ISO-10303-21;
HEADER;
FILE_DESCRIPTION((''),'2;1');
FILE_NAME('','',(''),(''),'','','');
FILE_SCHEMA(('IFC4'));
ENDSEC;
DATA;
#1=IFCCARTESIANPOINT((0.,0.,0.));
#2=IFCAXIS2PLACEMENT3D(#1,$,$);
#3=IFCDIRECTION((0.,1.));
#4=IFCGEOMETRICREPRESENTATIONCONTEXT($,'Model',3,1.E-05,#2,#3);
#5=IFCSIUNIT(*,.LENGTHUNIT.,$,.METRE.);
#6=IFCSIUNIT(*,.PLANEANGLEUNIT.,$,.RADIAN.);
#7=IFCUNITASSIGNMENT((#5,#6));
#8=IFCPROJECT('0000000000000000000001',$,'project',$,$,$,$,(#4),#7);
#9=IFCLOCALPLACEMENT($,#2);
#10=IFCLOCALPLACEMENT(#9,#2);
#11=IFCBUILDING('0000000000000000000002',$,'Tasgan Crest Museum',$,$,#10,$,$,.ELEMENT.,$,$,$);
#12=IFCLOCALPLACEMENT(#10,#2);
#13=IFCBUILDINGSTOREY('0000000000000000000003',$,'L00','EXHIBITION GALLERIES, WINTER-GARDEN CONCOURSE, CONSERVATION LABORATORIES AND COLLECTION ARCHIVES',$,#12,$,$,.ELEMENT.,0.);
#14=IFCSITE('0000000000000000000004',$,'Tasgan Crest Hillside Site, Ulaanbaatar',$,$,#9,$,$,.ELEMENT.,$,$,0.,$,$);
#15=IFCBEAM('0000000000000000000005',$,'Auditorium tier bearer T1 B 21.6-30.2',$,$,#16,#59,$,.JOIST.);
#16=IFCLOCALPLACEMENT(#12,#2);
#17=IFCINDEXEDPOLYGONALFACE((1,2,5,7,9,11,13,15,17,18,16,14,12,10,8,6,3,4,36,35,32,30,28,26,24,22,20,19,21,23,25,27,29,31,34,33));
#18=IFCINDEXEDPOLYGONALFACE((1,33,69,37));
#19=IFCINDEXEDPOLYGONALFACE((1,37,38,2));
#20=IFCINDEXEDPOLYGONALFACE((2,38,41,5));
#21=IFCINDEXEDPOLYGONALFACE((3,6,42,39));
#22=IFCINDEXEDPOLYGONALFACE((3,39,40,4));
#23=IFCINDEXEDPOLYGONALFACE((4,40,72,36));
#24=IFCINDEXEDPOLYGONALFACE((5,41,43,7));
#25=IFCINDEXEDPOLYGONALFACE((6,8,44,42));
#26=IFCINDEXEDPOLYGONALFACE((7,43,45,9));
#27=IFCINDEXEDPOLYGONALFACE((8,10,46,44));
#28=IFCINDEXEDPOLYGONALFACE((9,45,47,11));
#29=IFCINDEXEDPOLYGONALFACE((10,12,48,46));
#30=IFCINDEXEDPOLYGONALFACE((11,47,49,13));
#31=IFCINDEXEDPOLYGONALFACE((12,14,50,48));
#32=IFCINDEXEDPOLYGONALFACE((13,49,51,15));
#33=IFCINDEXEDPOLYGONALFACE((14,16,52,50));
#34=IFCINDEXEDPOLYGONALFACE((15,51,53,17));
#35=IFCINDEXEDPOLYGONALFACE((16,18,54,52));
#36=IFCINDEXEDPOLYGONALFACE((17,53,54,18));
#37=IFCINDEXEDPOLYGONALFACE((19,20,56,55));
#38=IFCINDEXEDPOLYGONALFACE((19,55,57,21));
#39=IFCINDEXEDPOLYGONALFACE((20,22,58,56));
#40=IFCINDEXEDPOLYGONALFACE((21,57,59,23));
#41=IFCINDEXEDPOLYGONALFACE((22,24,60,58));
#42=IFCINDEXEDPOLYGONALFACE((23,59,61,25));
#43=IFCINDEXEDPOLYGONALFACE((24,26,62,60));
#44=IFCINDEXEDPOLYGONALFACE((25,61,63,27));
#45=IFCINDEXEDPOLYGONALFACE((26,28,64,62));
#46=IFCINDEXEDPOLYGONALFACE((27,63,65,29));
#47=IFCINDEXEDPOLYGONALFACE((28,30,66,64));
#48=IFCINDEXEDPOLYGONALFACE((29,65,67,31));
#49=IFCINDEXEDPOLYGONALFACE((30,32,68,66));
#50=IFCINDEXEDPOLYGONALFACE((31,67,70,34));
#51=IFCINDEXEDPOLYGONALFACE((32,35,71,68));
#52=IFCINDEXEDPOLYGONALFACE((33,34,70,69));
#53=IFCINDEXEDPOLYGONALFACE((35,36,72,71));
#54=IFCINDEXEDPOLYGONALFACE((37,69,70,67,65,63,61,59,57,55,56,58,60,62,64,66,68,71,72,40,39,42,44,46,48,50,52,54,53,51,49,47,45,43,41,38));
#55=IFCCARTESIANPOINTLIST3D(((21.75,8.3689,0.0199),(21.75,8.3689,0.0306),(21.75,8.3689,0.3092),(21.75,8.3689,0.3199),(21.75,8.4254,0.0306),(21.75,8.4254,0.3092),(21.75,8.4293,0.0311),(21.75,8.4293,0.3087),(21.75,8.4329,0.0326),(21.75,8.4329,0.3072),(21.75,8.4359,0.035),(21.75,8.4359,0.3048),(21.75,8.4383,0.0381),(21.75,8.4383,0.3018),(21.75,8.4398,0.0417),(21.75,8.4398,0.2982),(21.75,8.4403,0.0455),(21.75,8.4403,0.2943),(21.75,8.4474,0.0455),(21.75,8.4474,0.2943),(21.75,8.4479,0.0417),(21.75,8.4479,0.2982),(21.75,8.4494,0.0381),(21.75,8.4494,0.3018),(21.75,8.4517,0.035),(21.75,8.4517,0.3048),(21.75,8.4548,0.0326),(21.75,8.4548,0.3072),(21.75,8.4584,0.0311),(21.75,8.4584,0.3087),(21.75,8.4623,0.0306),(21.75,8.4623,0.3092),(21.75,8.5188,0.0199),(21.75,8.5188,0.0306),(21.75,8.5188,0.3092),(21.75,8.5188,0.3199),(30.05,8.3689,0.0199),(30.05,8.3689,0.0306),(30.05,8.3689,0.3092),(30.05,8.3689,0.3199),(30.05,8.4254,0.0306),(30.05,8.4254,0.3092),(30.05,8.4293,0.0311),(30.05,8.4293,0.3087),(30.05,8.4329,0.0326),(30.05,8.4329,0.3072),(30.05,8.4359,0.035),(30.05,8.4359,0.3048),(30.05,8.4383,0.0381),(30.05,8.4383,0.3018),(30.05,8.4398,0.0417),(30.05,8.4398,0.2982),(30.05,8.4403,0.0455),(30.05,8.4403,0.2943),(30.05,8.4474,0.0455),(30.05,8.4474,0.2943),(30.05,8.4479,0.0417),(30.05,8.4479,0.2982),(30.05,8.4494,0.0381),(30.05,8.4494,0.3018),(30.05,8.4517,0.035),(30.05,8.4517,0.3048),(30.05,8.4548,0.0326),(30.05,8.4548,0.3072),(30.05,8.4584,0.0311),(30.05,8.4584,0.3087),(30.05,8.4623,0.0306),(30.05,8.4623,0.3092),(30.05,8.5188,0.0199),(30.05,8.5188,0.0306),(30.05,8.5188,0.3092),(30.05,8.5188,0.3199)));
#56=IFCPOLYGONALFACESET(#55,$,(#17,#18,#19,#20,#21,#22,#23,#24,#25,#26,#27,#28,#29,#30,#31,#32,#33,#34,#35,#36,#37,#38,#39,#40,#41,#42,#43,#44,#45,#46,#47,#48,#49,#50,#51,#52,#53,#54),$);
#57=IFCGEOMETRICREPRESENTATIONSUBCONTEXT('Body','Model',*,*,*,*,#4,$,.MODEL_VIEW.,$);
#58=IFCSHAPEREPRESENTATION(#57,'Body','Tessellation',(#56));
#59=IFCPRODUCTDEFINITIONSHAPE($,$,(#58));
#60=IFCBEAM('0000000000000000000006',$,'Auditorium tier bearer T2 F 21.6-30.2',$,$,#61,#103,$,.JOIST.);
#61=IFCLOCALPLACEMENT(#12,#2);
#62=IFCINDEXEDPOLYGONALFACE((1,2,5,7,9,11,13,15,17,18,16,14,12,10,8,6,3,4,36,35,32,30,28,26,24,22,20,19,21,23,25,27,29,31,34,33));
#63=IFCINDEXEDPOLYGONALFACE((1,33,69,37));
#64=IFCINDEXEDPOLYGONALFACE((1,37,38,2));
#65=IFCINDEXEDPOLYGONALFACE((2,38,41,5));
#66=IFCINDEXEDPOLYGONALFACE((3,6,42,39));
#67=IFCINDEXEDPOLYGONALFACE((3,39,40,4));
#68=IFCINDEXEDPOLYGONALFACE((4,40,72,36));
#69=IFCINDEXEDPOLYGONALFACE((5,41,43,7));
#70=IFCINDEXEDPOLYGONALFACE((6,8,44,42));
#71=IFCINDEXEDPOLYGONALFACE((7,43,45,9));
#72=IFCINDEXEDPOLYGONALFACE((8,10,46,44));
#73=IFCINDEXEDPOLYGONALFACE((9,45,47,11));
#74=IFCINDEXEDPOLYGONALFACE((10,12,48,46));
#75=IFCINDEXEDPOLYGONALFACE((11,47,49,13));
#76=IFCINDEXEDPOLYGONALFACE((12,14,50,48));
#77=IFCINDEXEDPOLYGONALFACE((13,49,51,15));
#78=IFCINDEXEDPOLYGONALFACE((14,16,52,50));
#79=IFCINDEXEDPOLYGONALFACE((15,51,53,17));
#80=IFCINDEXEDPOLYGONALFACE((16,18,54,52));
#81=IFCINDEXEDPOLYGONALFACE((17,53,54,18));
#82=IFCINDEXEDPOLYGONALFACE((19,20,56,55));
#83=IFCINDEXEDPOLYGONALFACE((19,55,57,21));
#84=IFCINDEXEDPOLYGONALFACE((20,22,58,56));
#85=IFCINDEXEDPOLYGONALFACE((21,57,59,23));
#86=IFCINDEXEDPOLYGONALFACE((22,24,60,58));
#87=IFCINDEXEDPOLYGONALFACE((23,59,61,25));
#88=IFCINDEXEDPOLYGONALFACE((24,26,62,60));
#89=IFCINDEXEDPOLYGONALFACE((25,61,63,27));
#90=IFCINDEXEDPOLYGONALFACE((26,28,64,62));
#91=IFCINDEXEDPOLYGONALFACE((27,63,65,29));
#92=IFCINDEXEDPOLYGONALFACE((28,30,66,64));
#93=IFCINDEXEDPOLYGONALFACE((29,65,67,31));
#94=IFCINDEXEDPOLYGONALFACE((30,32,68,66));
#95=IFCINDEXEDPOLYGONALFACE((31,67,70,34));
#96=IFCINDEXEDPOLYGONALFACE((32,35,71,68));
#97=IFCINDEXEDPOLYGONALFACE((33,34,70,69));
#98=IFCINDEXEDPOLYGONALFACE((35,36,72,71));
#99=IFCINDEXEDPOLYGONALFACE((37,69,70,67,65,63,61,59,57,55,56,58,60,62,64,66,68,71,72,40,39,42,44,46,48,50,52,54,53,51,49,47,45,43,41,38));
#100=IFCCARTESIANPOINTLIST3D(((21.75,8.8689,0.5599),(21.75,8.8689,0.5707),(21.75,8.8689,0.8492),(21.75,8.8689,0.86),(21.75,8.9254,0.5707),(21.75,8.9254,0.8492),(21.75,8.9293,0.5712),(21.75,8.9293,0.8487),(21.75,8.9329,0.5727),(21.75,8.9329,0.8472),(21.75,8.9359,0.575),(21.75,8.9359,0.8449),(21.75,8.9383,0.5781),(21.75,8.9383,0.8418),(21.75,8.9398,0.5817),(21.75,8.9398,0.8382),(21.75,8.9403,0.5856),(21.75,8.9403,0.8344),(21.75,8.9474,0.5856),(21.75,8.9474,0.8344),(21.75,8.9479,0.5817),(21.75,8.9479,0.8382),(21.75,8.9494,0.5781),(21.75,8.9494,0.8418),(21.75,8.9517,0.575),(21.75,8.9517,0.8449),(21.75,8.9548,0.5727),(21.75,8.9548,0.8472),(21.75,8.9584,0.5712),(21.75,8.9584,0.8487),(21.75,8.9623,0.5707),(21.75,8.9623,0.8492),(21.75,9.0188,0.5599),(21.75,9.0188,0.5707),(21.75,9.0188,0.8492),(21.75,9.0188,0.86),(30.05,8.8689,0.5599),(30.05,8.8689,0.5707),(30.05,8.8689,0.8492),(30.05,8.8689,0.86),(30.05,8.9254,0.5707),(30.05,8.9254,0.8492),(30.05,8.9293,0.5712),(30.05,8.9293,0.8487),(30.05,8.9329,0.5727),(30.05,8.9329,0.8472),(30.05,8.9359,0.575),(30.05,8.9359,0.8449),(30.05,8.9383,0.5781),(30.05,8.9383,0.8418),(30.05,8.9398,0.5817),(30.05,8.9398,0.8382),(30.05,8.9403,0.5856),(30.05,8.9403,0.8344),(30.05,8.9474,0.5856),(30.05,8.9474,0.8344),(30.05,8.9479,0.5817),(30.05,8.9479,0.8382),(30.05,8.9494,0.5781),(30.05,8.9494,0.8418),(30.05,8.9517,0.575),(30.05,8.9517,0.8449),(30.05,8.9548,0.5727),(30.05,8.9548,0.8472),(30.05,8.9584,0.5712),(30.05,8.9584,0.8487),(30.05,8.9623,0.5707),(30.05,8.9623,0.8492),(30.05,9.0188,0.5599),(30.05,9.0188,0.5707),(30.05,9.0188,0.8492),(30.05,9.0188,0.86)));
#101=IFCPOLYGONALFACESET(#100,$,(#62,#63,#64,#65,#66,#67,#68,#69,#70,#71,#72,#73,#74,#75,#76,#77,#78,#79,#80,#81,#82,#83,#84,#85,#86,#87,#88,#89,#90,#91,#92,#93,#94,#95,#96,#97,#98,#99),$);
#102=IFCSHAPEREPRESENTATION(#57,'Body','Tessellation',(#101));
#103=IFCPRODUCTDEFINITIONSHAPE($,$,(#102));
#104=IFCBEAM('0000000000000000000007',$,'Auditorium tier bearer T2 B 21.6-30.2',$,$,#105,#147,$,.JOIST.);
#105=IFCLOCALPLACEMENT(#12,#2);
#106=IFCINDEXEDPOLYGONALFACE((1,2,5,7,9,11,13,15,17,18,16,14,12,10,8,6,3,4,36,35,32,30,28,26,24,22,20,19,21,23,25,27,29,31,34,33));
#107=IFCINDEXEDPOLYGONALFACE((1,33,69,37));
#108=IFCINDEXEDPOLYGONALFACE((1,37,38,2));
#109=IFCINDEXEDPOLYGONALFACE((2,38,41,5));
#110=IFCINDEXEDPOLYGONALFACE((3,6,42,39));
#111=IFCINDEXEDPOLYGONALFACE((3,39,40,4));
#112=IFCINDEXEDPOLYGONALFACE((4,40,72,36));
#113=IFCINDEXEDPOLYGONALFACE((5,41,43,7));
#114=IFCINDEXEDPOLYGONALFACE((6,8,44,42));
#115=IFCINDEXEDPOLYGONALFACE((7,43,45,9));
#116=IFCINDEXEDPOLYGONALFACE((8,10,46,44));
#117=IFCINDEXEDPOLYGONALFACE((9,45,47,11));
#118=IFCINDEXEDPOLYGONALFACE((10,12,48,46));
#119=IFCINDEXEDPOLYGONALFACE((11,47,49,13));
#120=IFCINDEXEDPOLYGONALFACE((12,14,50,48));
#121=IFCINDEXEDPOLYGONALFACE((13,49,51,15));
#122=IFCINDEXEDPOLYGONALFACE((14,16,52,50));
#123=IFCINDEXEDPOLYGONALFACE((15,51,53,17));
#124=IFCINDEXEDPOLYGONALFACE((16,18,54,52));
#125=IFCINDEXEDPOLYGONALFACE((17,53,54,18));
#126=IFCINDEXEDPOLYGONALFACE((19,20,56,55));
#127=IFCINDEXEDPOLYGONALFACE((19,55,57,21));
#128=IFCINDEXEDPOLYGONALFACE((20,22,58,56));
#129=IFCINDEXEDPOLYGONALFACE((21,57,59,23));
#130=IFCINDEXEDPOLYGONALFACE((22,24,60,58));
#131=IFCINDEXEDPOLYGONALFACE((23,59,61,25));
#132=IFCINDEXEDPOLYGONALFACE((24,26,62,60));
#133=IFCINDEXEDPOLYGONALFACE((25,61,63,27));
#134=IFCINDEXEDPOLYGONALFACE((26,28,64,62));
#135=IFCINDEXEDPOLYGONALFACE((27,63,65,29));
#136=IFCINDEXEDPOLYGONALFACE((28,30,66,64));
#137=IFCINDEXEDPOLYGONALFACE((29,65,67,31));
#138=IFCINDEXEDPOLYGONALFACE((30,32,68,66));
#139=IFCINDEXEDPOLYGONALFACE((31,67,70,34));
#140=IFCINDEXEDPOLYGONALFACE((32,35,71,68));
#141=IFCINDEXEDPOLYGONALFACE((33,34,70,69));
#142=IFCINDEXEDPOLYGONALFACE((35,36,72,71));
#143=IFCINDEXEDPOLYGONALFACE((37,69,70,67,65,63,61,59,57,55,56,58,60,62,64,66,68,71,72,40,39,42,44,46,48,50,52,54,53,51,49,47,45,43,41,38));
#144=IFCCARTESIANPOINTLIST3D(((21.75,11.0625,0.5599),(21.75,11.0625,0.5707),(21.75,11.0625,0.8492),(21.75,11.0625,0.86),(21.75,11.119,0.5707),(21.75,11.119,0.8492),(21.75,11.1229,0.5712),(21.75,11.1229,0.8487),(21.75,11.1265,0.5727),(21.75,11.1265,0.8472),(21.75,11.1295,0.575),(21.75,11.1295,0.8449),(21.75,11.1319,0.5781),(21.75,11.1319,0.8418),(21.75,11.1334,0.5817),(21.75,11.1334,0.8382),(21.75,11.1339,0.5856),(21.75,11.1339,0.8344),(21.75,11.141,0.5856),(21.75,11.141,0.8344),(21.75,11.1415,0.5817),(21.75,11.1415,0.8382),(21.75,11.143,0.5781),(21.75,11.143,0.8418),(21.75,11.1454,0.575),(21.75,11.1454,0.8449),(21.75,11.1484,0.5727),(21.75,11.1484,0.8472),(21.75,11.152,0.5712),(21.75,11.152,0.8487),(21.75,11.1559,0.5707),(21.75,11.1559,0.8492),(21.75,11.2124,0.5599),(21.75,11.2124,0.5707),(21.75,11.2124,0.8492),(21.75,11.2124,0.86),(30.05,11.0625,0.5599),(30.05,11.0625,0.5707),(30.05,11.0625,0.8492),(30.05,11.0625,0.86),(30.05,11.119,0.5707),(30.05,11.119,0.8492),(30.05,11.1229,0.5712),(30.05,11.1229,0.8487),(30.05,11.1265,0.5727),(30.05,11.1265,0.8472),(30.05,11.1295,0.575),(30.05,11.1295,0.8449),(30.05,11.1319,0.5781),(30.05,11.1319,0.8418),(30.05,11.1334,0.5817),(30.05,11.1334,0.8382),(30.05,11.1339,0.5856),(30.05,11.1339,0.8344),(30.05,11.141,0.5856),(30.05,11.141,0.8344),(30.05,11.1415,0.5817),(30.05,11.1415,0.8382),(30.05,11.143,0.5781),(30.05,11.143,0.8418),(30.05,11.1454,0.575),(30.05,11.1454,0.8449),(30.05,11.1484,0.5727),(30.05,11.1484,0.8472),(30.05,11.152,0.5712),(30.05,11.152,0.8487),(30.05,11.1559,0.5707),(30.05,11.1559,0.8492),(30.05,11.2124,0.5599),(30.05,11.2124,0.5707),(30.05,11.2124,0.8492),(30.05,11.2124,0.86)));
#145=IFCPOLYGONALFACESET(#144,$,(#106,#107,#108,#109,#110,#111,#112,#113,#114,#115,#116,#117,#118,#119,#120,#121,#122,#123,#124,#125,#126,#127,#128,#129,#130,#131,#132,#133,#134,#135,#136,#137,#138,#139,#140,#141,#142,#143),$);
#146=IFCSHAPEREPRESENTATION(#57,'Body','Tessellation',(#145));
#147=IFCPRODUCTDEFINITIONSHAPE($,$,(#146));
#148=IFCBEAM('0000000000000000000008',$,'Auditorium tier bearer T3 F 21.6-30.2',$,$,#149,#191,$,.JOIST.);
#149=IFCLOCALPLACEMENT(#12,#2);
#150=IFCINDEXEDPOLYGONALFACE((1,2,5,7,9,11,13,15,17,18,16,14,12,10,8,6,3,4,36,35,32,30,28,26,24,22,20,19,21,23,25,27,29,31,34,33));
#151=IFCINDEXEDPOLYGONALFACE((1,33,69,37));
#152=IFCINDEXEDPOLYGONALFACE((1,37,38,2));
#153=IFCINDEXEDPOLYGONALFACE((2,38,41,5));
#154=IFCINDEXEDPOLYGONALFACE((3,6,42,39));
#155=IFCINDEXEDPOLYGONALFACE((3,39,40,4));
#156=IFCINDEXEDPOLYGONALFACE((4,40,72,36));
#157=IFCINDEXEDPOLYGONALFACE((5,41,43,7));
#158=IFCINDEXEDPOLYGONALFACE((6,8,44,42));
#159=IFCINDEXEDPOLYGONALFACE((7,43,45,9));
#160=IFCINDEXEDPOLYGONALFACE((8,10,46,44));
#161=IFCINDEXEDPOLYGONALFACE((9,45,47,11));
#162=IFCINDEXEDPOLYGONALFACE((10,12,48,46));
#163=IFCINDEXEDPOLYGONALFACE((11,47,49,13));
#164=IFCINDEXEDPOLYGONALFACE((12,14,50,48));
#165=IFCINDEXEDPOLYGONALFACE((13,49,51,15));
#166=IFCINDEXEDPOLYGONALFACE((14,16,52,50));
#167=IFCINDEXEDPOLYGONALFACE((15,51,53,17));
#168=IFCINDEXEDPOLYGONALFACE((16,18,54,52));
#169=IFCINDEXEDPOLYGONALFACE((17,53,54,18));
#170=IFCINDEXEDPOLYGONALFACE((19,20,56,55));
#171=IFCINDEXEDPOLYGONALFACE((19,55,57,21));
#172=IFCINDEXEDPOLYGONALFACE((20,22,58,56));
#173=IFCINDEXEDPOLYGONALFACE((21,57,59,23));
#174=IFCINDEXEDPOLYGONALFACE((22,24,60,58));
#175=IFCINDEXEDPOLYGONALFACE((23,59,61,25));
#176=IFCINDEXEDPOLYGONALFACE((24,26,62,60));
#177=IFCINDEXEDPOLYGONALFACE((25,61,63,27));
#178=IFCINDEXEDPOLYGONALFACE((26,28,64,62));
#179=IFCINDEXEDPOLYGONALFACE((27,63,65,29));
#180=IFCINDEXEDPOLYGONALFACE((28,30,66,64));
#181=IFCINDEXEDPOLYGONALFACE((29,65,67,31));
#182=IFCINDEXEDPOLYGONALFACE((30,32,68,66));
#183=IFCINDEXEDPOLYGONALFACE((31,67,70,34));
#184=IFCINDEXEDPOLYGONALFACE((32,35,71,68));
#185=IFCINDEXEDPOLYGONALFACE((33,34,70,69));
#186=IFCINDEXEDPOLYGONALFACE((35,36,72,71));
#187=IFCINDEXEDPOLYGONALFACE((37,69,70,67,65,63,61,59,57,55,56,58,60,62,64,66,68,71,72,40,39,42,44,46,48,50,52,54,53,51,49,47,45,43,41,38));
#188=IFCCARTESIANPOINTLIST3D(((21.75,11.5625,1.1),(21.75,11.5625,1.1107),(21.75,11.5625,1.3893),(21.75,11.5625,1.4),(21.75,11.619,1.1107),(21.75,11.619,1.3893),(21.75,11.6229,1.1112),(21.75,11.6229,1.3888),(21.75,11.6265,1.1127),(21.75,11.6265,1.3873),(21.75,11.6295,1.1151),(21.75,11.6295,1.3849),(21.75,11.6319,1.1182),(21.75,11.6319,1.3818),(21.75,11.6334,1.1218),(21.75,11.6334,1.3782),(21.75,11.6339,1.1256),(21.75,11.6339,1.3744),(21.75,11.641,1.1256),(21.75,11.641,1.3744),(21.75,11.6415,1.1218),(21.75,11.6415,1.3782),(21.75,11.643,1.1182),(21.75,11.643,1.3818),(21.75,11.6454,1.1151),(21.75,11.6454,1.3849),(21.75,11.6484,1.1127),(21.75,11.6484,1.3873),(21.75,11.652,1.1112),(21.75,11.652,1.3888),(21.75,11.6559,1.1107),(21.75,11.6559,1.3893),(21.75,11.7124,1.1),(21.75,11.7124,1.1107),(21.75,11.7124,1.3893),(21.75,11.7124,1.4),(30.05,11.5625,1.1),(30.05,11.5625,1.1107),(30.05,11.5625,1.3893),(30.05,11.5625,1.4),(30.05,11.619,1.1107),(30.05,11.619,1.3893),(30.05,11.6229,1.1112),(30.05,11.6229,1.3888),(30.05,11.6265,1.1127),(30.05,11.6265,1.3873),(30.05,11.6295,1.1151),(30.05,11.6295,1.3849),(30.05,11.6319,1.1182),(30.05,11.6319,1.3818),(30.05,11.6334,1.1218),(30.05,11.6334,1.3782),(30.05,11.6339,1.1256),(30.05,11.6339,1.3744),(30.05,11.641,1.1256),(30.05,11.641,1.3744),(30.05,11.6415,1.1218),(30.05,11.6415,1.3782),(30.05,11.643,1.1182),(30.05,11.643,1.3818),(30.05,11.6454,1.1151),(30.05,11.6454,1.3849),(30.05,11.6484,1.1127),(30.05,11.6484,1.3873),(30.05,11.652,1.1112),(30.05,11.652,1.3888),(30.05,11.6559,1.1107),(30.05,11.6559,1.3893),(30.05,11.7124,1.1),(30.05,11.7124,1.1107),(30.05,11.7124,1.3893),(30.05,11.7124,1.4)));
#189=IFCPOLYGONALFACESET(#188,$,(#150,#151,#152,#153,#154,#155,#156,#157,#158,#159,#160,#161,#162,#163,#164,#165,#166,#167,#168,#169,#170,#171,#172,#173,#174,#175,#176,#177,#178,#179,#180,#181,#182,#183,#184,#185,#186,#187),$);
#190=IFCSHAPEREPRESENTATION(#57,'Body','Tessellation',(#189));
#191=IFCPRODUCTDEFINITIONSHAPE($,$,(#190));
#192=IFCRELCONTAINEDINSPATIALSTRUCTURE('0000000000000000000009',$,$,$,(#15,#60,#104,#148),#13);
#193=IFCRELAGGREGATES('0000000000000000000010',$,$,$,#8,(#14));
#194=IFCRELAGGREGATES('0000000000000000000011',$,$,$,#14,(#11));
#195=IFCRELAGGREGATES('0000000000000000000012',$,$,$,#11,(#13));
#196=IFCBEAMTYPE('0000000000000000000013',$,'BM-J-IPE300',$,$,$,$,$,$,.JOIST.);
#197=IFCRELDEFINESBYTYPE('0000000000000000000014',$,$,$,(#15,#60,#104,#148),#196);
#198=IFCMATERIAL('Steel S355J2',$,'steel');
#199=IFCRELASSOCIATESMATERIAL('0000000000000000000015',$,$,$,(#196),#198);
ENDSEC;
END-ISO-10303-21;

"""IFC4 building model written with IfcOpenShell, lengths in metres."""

from ifc_helpers import new_model, si_unit, direction, frame, origin, origin_2d, place, context, subcontext, project, spatial, i_section, extrude, material, material_profile, profile_set, type_object, element, save


model = new_model("IFC4")

# Units and contexts
model_context = context("Model", 3, precision=1e-05, world=origin(), true_north=direction((0.0, 1.0)))
body_context = subcontext(model_context, "Body", "Model", "MODEL_VIEW")
ifc_project = project(units=[si_unit("LENGTHUNIT", "METRE"), si_unit("PLANEANGLEUNIT", "RADIAN")], contexts=[model_context])

# Site, building, storey
site_placement = place(None, origin())
site = spatial("IfcSite", under=ifc_project, at=site_placement, Name="Tasgan Crest Hillside Site, Ulaanbaatar", CompositionType="ELEMENT", RefElevation=0.0)
building_placement = place(site_placement, origin())
building = spatial("IfcBuilding", under=site, at=building_placement, Name="Tasgan Crest Museum", CompositionType="ELEMENT")
storey_placement = place(building_placement, origin())
storey = spatial("IfcBuildingStorey", under=building, at=storey_placement, Name="L00", Description="EXHIBITION GALLERIES, WINTER-GARDEN CONCOURSE, CONSERVATION LABORATORIES AND COLLECTION ARCHIVES", CompositionType="ELEMENT", Elevation=0.0)

# Beams
ifc_material_1 = material(Name="Steel S355J2", Category="steel")
ifc_material_profile_1 = material_profile(ifc_material_1, i_section(OverallWidth=0.1499, OverallDepth=0.3, WebThickness=0.0071, FlangeThickness=0.0107, FilletRadius=0.0149, at=origin_2d()), Name="IPE 300")
ifc_profile_set_1 = profile_set([ifc_material_profile_1], Name="Steel S355J2")
beam_type_1 = type_object("IfcBeamType", Name="BM-J-IPE300", PredefinedType="JOIST", material=ifc_profile_set_1)
for number, where, z_axis, x_axis, name in (
    (1, (21.75, 8.4438, 0.1699), (1.0, 0.0, 0.0), (0.0, 1.0, 0.0), "Auditorium tier bearer T1 B 21.6-30.2"),
    (2, (21.75, 8.9438, 0.71), (1.0, 0.0, 0.0), (0.0, 1.0, 0.0), "Auditorium tier bearer T2 F 21.6-30.2"),
    (3, (21.75, 11.1375, 0.71), (1.0, 0.0, 0.0), (0.0, 1.0, 0.0), "Auditorium tier bearer T2 B 21.6-30.2"),
    (4, (21.75, 11.6375, 1.25), (1.0, 0.0, 0.0), (0.0, 1.0, 0.0), "Auditorium tier bearer T3 F 21.6-30.2"),
):
    element("IfcBeam", number, at=place(storey_placement, frame(where, z_axis=z_axis, x_axis=x_axis)), inside=storey, type_object=beam_type_1, Name=name, PredefinedType="JOIST", context=body_context, shape_type="SweptSolid", body=[
        extrude(i_section(OverallWidth=0.1499, OverallDepth=0.3, WebThickness=0.0071, FlangeThickness=0.0107, FilletRadius=0.0149, at=origin_2d()), origin(), (0.0, 0.0, 1.0), 8.3),
    ])

save(model, "model.ifc")
